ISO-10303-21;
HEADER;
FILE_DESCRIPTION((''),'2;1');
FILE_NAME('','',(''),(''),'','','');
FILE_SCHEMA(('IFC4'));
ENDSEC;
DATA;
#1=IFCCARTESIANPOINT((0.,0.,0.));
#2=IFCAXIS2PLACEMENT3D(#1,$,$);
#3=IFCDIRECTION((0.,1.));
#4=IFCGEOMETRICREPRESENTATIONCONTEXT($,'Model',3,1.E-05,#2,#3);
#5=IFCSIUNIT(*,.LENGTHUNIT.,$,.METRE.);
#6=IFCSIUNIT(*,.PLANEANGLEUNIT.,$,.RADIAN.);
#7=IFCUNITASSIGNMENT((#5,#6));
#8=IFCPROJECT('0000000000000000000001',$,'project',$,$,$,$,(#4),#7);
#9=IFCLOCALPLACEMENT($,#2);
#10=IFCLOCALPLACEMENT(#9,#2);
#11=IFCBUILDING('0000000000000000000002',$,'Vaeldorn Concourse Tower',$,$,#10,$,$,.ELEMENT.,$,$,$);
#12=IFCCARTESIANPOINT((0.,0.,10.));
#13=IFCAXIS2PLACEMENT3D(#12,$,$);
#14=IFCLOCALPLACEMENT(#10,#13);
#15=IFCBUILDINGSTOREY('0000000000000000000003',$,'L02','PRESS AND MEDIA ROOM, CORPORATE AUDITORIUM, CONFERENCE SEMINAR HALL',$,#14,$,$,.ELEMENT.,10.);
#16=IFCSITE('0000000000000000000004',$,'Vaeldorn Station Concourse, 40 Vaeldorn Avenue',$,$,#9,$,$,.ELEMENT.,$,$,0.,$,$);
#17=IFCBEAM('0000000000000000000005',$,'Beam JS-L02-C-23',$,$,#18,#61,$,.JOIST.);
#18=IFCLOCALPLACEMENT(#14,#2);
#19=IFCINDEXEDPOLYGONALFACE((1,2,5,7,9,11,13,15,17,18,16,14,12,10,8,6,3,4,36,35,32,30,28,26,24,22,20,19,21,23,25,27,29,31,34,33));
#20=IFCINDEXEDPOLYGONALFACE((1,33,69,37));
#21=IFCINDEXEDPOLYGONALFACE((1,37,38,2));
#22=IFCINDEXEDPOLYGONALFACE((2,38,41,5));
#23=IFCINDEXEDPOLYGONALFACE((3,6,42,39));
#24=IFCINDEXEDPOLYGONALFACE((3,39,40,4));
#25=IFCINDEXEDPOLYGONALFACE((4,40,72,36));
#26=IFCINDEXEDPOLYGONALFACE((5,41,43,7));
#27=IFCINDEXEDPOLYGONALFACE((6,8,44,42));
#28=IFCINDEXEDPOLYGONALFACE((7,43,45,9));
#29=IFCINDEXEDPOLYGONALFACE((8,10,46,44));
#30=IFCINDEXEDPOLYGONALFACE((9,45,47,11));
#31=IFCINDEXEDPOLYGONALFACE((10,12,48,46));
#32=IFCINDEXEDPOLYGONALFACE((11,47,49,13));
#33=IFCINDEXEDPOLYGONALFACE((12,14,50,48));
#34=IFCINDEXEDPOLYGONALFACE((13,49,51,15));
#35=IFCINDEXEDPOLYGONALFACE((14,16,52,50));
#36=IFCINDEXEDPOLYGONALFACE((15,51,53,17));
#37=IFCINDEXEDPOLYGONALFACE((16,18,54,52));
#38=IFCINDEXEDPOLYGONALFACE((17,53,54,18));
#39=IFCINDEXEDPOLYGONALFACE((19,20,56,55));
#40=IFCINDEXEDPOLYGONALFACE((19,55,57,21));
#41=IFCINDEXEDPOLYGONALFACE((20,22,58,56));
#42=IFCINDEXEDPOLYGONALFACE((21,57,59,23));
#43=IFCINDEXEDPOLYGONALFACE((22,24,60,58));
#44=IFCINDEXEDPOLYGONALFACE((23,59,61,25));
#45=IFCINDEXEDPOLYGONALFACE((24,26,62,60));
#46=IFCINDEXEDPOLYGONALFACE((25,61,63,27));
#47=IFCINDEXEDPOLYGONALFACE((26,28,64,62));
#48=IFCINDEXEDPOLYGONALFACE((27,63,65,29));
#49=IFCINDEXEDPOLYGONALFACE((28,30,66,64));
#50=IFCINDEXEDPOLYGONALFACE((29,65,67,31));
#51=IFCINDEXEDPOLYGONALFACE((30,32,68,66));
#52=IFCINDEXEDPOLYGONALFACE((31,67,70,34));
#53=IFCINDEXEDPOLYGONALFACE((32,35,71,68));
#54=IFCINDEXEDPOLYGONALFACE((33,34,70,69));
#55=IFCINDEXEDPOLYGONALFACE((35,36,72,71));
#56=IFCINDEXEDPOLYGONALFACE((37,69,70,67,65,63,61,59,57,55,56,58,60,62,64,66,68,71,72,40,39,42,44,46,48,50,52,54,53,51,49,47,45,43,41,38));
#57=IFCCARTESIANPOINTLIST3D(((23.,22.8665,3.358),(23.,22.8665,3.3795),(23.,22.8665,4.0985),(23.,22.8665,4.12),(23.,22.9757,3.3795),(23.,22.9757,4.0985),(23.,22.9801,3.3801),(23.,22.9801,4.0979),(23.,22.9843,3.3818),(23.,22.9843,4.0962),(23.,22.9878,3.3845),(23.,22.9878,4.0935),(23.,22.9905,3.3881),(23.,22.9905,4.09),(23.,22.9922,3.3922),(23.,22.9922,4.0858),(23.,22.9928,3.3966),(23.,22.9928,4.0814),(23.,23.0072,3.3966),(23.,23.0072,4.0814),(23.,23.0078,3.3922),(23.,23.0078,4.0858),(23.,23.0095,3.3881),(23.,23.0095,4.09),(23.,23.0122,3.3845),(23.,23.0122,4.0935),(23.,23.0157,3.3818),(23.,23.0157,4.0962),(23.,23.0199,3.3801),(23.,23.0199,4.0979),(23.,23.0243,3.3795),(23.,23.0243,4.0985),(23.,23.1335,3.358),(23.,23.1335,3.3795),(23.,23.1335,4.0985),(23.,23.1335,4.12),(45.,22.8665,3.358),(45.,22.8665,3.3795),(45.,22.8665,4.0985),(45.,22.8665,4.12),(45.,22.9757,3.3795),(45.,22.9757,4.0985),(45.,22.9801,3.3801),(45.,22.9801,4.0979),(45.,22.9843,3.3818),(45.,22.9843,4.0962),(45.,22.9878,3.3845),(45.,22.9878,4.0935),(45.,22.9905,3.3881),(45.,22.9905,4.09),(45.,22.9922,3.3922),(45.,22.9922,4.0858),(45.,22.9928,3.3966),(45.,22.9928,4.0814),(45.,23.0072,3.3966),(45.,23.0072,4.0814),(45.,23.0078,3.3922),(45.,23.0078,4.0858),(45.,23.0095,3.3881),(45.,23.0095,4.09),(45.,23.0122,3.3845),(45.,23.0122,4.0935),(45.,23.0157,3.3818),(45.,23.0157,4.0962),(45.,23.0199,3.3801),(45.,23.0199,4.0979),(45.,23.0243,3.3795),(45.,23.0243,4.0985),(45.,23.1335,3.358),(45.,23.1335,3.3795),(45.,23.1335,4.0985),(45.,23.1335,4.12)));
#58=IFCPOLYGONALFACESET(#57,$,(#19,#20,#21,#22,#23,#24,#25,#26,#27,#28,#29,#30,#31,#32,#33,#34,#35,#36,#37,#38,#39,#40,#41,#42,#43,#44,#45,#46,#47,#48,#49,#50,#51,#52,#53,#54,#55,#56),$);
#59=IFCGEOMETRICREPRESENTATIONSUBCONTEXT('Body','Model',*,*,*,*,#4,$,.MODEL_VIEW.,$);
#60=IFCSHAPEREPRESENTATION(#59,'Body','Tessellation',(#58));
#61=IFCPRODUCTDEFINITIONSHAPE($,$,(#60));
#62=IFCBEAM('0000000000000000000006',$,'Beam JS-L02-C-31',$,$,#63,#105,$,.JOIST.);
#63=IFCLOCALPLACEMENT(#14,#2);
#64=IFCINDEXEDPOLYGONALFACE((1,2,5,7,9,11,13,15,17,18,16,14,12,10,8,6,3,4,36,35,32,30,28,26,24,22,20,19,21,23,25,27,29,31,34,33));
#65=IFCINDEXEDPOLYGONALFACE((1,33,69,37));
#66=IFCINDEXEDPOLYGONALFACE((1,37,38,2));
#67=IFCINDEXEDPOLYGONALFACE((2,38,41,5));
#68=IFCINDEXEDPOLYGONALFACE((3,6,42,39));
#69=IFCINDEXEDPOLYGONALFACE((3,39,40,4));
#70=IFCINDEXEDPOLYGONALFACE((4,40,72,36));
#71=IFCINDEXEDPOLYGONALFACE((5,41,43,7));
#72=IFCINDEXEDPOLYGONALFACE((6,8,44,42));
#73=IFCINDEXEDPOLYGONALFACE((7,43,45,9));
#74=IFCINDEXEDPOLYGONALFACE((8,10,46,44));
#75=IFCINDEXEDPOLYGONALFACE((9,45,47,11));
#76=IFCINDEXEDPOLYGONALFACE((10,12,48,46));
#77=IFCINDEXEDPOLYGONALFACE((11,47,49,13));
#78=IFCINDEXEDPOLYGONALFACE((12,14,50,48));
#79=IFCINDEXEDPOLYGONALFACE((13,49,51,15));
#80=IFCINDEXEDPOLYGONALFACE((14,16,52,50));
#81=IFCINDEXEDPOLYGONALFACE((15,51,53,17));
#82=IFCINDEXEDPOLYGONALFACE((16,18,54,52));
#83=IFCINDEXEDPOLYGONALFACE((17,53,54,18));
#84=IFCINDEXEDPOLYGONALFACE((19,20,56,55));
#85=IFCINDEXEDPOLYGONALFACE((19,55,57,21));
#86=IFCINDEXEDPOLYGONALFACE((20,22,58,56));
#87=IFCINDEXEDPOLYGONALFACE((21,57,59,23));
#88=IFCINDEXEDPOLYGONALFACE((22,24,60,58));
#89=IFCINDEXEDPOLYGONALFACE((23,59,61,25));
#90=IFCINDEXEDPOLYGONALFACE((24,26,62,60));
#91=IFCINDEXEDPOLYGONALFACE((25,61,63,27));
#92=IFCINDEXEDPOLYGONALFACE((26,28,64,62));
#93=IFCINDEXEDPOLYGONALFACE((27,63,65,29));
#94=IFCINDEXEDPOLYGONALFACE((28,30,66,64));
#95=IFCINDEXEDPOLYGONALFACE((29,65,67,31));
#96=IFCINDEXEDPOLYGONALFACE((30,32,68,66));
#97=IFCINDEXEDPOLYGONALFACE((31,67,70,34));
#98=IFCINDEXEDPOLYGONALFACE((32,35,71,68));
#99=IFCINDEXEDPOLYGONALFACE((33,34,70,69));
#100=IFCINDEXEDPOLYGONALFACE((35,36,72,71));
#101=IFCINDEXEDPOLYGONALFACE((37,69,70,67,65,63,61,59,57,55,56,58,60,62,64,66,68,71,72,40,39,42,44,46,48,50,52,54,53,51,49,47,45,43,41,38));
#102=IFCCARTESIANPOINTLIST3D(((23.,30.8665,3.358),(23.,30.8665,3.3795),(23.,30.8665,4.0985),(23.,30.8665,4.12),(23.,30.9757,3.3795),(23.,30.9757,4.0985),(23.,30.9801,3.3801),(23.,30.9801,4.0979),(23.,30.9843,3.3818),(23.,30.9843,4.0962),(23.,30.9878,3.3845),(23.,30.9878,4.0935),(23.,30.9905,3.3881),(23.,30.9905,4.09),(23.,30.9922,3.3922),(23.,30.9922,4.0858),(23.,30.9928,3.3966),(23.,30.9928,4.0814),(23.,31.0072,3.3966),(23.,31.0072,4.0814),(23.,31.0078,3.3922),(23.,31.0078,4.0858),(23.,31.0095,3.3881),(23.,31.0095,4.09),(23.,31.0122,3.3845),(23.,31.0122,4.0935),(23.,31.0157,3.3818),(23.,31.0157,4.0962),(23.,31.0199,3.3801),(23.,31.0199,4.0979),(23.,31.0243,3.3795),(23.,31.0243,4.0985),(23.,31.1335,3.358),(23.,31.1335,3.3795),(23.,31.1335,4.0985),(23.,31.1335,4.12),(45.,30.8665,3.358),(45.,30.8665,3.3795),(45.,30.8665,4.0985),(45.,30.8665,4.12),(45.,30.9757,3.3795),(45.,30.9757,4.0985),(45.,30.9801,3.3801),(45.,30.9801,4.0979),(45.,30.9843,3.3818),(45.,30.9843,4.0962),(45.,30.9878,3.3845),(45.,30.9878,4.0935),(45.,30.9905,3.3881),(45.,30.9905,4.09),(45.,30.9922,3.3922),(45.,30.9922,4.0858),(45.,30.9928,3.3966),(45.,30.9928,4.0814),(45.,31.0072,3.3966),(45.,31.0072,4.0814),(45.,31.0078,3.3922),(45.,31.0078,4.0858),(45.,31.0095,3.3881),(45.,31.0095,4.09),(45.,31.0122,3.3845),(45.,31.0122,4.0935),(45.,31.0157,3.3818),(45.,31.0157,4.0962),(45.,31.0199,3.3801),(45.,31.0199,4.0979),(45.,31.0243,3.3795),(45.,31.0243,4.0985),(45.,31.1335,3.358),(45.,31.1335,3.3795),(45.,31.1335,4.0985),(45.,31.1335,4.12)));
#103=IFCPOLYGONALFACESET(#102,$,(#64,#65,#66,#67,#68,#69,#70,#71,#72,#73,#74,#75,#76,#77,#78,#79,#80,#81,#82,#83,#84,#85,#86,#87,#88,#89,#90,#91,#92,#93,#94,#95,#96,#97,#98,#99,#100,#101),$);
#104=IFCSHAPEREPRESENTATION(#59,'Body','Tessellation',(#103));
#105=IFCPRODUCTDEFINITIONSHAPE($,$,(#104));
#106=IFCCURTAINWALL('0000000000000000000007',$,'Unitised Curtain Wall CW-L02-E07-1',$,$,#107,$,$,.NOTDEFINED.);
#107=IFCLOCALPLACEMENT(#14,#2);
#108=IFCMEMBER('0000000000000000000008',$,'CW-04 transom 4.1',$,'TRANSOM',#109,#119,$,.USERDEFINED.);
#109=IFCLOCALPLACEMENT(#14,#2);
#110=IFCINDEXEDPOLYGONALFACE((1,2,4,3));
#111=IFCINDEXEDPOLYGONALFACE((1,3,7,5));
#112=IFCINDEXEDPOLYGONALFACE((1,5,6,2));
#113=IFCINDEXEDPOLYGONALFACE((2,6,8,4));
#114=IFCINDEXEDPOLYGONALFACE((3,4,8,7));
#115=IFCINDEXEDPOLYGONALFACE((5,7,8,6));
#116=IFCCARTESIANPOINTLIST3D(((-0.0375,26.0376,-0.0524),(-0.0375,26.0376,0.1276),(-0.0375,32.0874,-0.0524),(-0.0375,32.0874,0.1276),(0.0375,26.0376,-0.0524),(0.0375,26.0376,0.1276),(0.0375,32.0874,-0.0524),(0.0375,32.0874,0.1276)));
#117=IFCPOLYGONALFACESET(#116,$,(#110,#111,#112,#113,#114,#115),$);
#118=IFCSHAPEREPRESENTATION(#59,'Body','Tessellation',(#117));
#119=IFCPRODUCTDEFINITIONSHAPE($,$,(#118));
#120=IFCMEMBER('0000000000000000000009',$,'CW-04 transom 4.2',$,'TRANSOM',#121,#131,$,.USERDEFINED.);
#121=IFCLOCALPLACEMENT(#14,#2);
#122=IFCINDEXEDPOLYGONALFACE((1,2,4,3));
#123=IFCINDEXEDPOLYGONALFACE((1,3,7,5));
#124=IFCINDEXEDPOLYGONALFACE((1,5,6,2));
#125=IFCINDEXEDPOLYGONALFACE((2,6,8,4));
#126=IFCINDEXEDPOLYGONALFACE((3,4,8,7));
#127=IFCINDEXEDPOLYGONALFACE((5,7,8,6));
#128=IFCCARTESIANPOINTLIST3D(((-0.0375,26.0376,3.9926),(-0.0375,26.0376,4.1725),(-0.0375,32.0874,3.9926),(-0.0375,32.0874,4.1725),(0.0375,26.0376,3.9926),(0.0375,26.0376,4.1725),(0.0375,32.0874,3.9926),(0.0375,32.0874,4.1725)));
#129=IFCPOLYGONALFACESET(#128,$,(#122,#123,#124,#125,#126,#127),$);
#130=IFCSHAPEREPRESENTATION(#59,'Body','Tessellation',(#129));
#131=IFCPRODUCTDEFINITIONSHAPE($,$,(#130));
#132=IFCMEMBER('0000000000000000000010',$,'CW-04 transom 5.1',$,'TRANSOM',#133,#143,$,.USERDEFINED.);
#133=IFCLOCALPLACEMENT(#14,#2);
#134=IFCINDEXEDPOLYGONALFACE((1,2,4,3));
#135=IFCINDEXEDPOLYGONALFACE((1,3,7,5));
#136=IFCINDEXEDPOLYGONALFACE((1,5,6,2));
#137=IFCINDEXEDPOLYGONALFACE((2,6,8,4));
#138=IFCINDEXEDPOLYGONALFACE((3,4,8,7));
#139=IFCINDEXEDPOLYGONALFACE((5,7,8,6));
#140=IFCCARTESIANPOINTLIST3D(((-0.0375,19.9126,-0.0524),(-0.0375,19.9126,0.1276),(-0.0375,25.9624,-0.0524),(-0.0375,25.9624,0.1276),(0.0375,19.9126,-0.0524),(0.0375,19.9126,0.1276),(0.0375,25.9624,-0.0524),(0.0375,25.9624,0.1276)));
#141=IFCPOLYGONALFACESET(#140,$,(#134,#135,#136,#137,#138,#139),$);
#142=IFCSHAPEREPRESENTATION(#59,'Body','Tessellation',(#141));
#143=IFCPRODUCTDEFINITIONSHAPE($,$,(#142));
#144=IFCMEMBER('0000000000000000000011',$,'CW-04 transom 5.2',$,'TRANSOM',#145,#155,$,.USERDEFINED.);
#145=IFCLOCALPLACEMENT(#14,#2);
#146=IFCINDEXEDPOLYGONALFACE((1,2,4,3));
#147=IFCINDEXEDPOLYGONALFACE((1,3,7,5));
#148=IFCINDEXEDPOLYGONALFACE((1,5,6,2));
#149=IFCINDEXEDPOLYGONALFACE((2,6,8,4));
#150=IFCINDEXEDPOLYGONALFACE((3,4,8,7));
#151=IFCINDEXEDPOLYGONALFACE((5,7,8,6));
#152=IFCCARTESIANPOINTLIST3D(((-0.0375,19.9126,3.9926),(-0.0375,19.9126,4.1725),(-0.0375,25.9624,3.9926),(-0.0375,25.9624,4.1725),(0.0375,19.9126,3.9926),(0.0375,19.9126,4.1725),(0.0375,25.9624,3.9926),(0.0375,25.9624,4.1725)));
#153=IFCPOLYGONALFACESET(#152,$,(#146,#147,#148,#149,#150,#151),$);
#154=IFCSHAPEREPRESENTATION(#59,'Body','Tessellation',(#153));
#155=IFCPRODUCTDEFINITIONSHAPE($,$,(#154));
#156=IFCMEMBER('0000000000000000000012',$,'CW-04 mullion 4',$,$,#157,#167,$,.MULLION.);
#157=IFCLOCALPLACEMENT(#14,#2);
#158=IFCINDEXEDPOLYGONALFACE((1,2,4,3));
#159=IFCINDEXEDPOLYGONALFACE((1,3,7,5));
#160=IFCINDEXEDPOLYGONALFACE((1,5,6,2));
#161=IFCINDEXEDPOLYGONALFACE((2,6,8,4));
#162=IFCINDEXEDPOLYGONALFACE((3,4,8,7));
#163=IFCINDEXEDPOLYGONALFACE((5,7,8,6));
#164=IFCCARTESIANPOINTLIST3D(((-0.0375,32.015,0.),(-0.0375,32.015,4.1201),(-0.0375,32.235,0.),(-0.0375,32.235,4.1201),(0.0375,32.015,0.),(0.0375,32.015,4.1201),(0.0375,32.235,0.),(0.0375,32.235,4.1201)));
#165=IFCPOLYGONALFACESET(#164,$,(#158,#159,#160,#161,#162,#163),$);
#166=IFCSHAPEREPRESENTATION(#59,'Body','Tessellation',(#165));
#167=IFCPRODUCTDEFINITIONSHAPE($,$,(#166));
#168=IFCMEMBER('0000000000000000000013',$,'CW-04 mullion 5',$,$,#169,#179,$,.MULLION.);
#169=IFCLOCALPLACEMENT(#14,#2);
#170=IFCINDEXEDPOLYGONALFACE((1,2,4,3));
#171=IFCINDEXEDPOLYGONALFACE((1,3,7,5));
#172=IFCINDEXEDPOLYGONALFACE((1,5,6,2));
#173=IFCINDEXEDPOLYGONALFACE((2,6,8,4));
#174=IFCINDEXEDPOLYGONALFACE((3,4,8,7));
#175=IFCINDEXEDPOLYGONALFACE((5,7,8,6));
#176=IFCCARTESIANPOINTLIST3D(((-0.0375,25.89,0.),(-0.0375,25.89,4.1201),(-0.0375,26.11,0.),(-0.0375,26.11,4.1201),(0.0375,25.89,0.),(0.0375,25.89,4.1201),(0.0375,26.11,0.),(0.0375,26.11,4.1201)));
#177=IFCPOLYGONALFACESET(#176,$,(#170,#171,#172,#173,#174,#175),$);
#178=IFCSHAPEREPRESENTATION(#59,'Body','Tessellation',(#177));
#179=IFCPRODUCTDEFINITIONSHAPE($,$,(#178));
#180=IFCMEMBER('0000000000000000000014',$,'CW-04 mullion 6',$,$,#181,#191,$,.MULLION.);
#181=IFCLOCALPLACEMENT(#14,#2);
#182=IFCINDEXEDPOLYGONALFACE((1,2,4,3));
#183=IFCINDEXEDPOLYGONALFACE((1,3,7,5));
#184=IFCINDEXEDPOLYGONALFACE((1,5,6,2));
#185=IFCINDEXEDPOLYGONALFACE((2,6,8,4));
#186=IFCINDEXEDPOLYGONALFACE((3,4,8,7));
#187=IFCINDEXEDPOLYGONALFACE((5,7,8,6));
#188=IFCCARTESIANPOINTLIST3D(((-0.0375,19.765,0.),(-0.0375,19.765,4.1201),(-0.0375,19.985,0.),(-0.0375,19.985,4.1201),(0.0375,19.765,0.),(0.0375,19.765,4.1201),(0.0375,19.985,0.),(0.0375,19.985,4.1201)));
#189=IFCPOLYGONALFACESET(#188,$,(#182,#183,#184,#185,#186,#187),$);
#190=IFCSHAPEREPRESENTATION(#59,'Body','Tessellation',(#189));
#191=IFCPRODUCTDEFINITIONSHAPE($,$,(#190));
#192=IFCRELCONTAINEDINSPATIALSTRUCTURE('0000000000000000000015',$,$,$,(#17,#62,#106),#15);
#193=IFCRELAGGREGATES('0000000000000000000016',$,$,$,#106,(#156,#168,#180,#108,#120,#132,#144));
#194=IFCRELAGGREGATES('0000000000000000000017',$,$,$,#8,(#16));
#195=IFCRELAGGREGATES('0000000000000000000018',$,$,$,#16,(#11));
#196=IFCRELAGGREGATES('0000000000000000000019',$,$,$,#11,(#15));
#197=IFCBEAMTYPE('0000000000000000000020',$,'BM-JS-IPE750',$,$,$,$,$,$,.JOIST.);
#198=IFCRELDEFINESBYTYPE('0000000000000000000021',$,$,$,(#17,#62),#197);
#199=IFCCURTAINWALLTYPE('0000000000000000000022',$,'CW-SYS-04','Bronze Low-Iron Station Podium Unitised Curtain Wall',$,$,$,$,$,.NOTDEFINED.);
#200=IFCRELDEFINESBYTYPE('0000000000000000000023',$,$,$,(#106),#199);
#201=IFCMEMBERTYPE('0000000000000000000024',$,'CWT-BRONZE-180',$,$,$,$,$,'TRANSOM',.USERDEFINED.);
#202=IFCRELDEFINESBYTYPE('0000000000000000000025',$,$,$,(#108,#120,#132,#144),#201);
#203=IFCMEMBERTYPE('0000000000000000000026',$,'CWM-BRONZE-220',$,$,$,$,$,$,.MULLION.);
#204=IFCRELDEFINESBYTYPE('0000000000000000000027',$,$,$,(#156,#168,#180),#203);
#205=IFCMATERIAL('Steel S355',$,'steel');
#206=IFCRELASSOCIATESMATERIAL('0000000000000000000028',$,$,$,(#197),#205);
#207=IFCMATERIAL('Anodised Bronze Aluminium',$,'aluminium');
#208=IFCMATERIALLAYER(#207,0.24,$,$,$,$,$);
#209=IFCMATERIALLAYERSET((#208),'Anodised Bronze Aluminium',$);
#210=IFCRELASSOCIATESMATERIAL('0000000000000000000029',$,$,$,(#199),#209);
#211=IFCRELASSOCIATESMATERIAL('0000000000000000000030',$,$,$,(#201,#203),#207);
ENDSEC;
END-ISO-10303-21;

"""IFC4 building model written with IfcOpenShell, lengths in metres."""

from ifc_helpers import new_model, si_unit, direction, frame, origin, origin_2d, place, context, subcontext, project, spatial, rectangle, i_section, extrude, source, transform, mapped, material, layer, layer_set, material_profile, profile_set, type_object, element, aggregate, save


model = new_model("IFC4")

# Units and contexts
model_context = context("Model", 3, precision=1e-05, world=origin(), true_north=direction((0.0, 1.0)))
body_context = subcontext(model_context, "Body", "Model", "MODEL_VIEW")
ifc_project = project(units=[si_unit("LENGTHUNIT", "METRE"), si_unit("PLANEANGLEUNIT", "RADIAN")], contexts=[model_context])

# Site, building, storey
site_placement = place(None, origin())
site = spatial("IfcSite", under=ifc_project, at=site_placement, Name="Vaeldorn Station Concourse, 40 Vaeldorn Avenue", CompositionType="ELEMENT", RefElevation=0.0)
building_placement = place(site_placement, origin())
building = spatial("IfcBuilding", under=site, at=building_placement, Name="Vaeldorn Concourse Tower", CompositionType="ELEMENT")
storey_placement = place(building_placement, frame((0.0, 0.0, 10.0)))
storey = spatial("IfcBuildingStorey", under=building, at=storey_placement, Name="L02", Description="PRESS AND MEDIA ROOM, CORPORATE AUDITORIUM, CONFERENCE SEMINAR HALL", CompositionType="ELEMENT", Elevation=10.0)

# Beams
ifc_material_1 = material(Name="Steel S355", Category="steel")
ifc_material_profile_1 = material_profile(ifc_material_1, i_section(OverallWidth=0.2671, OverallDepth=0.762, WebThickness=0.0144, FlangeThickness=0.0215, FilletRadius=0.0171, at=origin_2d()), Name="IPE 750x173")
ifc_profile_set_1 = profile_set([ifc_material_profile_1], Name="Steel S355")
beam_type_1 = type_object("IfcBeamType", Name="BM-JS-IPE750", PredefinedType="JOIST", material=ifc_profile_set_1)
shared_shape_1 = source(origin(), body_context, "Body", "SweptSolid", [
    extrude(i_section(OverallWidth=0.2671, OverallDepth=0.762, WebThickness=0.0144, FlangeThickness=0.0215, FilletRadius=0.0171, at=origin_2d()), origin(), (0.0, 0.0, 1.0), 22.0),
])
for number, where, z_axis, x_axis, name in (
    (1, (23.0, 23.0, 3.739), (1.0, 0.0, 0.0), (0.0, 1.0, 0.0), "Beam JS-L02-C-23"),
    (2, (23.0, 31.0, 3.739), (1.0, 0.0, 0.0), (0.0, 1.0, 0.0), "Beam JS-L02-C-31"),
):
    element("IfcBeam", number, at=place(storey_placement, frame(where, z_axis=z_axis, x_axis=x_axis)), inside=storey, type_object=beam_type_1, Name=name, PredefinedType="JOIST", context=body_context, shape_type="MappedRepresentation", body=[
        mapped(shared_shape_1, transform((0.0, 0.0, 0.0), scale=1.0)),
    ])

# Curtain wall, members
ifc_material_2 = material(Name="Anodised Bronze Aluminium", Category="aluminium")
ifc_layer_1 = layer(ifc_material_2, 0.24)
ifc_layer_set_1 = layer_set([ifc_layer_1], Name="Anodised Bronze Aluminium")
curtain_wall_type = type_object("IfcCurtainWallType", Name="CW-SYS-04", Description="Bronze Low-Iron Station Podium Unitised Curtain Wall", PredefinedType="NOTDEFINED", material=ifc_layer_set_1)
curtain_wall_placement = place(storey_placement, origin())
curtain_wall = element("IfcCurtainWall", 3, at=curtain_wall_placement, inside=storey, type_object=curtain_wall_type, Name="Unitised Curtain Wall CW-L02-E07-1", PredefinedType="NOTDEFINED")
ifc_material_profile_2 = material_profile(ifc_material_2, rectangle(XDim=0.075, YDim=0.1799, at=origin_2d()), Name="CWT 75x180")
ifc_profile_set_2 = profile_set([ifc_material_profile_2], Name="Anodised Bronze Aluminium")
member_type_1 = type_object("IfcMemberType", Name="CWT-BRONZE-180", ElementType="TRANSOM", PredefinedType="USERDEFINED", material=ifc_profile_set_2)
shared_shape_2 = source(origin(), body_context, "Body", "SweptSolid", [
    extrude(rectangle(XDim=0.075, YDim=0.1799, at=origin_2d()), origin(), (0.0, 0.0, 1.0), 6.0498),
])
member_1_placement = place(storey_placement, frame((0.0, 32.0874, 0.0376), z_axis=(0.0, -1.0, 0.0), x_axis=(1.0, 0.0, 0.0)))
member_1 = element("IfcMember", 4, at=member_1_placement, type_object=member_type_1, Name="CW-04 transom 4.1", ObjectType="TRANSOM", PredefinedType="USERDEFINED", context=body_context, shape_type="MappedRepresentation", body=[
    mapped(shared_shape_2, transform((0.0, 0.0, 0.0), scale=1.0)),
])
member_2_placement = place(storey_placement, frame((0.0, 32.0874, 4.0825), z_axis=(0.0, -1.0, 0.0), x_axis=(1.0, 0.0, 0.0)))
member_2 = element("IfcMember", 5, at=member_2_placement, type_object=member_type_1, Name="CW-04 transom 4.2", ObjectType="TRANSOM", PredefinedType="USERDEFINED", context=body_context, shape_type="MappedRepresentation", body=[
    mapped(shared_shape_2, transform((0.0, 0.0, 0.0), scale=1.0)),
])
member_3_placement = place(storey_placement, frame((0.0, 25.9624, 0.0376), z_axis=(0.0, -1.0, 0.0), x_axis=(1.0, 0.0, 0.0)))
member_3 = element("IfcMember", 6, at=member_3_placement, type_object=member_type_1, Name="CW-04 transom 5.1", ObjectType="TRANSOM", PredefinedType="USERDEFINED", context=body_context, shape_type="MappedRepresentation", body=[
    mapped(shared_shape_2, transform((0.0, 0.0, 0.0), scale=1.0)),
])
member_4_placement = place(storey_placement, frame((0.0, 25.9624, 4.0825), z_axis=(0.0, -1.0, 0.0), x_axis=(1.0, 0.0, 0.0)))
member_4 = element("IfcMember", 7, at=member_4_placement, type_object=member_type_1, Name="CW-04 transom 5.2", ObjectType="TRANSOM", PredefinedType="USERDEFINED", context=body_context, shape_type="MappedRepresentation", body=[
    mapped(shared_shape_2, transform((0.0, 0.0, 0.0), scale=1.0)),
])
ifc_material_profile_3 = material_profile(ifc_material_2, rectangle(XDim=0.075, YDim=0.22, at=origin_2d()), Name="CWM 75x220")
ifc_profile_set_3 = profile_set([ifc_material_profile_3], Name="Anodised Bronze Aluminium")
member_type_2 = type_object("IfcMemberType", Name="CWM-BRONZE-220", PredefinedType="MULLION", material=ifc_profile_set_3)
shared_shape_3 = source(origin(), body_context, "Body", "SweptSolid", [
    extrude(rectangle(XDim=0.075, YDim=0.22, at=origin_2d()), origin(), (0.0, 0.0, 1.0), 4.1201),
])
member_5_placement = place(storey_placement, frame((0.0, 32.125, 0.0), z_axis=(0.0, 0.0, 1.0), x_axis=(1.0, 0.0, 0.0)))
member_5 = element("IfcMember", 8, at=member_5_placement, type_object=member_type_2, Name="CW-04 mullion 4", PredefinedType="MULLION", context=body_context, shape_type="MappedRepresentation", body=[
    mapped(shared_shape_3, transform((0.0, 0.0, 0.0), scale=1.0)),
])
member_6_placement = place(storey_placement, frame((0.0, 26.0, 0.0), z_axis=(0.0, 0.0, 1.0), x_axis=(1.0, 0.0, 0.0)))
member_6 = element("IfcMember", 9, at=member_6_placement, type_object=member_type_2, Name="CW-04 mullion 5", PredefinedType="MULLION", context=body_context, shape_type="MappedRepresentation", body=[
    mapped(shared_shape_3, transform((0.0, 0.0, 0.0), scale=1.0)),
])
member_7_placement = place(storey_placement, frame((0.0, 19.875, 0.0), z_axis=(0.0, 0.0, 1.0), x_axis=(1.0, 0.0, 0.0)))
member_7 = element("IfcMember", 10, at=member_7_placement, type_object=member_type_2, Name="CW-04 mullion 6", PredefinedType="MULLION", context=body_context, shape_type="MappedRepresentation", body=[
    mapped(shared_shape_3, transform((0.0, 0.0, 0.0), scale=1.0)),
])
aggregate(curtain_wall, [member_5, member_6, member_7, member_1, member_2, member_3, member_4])

save(model, "model.ifc")
